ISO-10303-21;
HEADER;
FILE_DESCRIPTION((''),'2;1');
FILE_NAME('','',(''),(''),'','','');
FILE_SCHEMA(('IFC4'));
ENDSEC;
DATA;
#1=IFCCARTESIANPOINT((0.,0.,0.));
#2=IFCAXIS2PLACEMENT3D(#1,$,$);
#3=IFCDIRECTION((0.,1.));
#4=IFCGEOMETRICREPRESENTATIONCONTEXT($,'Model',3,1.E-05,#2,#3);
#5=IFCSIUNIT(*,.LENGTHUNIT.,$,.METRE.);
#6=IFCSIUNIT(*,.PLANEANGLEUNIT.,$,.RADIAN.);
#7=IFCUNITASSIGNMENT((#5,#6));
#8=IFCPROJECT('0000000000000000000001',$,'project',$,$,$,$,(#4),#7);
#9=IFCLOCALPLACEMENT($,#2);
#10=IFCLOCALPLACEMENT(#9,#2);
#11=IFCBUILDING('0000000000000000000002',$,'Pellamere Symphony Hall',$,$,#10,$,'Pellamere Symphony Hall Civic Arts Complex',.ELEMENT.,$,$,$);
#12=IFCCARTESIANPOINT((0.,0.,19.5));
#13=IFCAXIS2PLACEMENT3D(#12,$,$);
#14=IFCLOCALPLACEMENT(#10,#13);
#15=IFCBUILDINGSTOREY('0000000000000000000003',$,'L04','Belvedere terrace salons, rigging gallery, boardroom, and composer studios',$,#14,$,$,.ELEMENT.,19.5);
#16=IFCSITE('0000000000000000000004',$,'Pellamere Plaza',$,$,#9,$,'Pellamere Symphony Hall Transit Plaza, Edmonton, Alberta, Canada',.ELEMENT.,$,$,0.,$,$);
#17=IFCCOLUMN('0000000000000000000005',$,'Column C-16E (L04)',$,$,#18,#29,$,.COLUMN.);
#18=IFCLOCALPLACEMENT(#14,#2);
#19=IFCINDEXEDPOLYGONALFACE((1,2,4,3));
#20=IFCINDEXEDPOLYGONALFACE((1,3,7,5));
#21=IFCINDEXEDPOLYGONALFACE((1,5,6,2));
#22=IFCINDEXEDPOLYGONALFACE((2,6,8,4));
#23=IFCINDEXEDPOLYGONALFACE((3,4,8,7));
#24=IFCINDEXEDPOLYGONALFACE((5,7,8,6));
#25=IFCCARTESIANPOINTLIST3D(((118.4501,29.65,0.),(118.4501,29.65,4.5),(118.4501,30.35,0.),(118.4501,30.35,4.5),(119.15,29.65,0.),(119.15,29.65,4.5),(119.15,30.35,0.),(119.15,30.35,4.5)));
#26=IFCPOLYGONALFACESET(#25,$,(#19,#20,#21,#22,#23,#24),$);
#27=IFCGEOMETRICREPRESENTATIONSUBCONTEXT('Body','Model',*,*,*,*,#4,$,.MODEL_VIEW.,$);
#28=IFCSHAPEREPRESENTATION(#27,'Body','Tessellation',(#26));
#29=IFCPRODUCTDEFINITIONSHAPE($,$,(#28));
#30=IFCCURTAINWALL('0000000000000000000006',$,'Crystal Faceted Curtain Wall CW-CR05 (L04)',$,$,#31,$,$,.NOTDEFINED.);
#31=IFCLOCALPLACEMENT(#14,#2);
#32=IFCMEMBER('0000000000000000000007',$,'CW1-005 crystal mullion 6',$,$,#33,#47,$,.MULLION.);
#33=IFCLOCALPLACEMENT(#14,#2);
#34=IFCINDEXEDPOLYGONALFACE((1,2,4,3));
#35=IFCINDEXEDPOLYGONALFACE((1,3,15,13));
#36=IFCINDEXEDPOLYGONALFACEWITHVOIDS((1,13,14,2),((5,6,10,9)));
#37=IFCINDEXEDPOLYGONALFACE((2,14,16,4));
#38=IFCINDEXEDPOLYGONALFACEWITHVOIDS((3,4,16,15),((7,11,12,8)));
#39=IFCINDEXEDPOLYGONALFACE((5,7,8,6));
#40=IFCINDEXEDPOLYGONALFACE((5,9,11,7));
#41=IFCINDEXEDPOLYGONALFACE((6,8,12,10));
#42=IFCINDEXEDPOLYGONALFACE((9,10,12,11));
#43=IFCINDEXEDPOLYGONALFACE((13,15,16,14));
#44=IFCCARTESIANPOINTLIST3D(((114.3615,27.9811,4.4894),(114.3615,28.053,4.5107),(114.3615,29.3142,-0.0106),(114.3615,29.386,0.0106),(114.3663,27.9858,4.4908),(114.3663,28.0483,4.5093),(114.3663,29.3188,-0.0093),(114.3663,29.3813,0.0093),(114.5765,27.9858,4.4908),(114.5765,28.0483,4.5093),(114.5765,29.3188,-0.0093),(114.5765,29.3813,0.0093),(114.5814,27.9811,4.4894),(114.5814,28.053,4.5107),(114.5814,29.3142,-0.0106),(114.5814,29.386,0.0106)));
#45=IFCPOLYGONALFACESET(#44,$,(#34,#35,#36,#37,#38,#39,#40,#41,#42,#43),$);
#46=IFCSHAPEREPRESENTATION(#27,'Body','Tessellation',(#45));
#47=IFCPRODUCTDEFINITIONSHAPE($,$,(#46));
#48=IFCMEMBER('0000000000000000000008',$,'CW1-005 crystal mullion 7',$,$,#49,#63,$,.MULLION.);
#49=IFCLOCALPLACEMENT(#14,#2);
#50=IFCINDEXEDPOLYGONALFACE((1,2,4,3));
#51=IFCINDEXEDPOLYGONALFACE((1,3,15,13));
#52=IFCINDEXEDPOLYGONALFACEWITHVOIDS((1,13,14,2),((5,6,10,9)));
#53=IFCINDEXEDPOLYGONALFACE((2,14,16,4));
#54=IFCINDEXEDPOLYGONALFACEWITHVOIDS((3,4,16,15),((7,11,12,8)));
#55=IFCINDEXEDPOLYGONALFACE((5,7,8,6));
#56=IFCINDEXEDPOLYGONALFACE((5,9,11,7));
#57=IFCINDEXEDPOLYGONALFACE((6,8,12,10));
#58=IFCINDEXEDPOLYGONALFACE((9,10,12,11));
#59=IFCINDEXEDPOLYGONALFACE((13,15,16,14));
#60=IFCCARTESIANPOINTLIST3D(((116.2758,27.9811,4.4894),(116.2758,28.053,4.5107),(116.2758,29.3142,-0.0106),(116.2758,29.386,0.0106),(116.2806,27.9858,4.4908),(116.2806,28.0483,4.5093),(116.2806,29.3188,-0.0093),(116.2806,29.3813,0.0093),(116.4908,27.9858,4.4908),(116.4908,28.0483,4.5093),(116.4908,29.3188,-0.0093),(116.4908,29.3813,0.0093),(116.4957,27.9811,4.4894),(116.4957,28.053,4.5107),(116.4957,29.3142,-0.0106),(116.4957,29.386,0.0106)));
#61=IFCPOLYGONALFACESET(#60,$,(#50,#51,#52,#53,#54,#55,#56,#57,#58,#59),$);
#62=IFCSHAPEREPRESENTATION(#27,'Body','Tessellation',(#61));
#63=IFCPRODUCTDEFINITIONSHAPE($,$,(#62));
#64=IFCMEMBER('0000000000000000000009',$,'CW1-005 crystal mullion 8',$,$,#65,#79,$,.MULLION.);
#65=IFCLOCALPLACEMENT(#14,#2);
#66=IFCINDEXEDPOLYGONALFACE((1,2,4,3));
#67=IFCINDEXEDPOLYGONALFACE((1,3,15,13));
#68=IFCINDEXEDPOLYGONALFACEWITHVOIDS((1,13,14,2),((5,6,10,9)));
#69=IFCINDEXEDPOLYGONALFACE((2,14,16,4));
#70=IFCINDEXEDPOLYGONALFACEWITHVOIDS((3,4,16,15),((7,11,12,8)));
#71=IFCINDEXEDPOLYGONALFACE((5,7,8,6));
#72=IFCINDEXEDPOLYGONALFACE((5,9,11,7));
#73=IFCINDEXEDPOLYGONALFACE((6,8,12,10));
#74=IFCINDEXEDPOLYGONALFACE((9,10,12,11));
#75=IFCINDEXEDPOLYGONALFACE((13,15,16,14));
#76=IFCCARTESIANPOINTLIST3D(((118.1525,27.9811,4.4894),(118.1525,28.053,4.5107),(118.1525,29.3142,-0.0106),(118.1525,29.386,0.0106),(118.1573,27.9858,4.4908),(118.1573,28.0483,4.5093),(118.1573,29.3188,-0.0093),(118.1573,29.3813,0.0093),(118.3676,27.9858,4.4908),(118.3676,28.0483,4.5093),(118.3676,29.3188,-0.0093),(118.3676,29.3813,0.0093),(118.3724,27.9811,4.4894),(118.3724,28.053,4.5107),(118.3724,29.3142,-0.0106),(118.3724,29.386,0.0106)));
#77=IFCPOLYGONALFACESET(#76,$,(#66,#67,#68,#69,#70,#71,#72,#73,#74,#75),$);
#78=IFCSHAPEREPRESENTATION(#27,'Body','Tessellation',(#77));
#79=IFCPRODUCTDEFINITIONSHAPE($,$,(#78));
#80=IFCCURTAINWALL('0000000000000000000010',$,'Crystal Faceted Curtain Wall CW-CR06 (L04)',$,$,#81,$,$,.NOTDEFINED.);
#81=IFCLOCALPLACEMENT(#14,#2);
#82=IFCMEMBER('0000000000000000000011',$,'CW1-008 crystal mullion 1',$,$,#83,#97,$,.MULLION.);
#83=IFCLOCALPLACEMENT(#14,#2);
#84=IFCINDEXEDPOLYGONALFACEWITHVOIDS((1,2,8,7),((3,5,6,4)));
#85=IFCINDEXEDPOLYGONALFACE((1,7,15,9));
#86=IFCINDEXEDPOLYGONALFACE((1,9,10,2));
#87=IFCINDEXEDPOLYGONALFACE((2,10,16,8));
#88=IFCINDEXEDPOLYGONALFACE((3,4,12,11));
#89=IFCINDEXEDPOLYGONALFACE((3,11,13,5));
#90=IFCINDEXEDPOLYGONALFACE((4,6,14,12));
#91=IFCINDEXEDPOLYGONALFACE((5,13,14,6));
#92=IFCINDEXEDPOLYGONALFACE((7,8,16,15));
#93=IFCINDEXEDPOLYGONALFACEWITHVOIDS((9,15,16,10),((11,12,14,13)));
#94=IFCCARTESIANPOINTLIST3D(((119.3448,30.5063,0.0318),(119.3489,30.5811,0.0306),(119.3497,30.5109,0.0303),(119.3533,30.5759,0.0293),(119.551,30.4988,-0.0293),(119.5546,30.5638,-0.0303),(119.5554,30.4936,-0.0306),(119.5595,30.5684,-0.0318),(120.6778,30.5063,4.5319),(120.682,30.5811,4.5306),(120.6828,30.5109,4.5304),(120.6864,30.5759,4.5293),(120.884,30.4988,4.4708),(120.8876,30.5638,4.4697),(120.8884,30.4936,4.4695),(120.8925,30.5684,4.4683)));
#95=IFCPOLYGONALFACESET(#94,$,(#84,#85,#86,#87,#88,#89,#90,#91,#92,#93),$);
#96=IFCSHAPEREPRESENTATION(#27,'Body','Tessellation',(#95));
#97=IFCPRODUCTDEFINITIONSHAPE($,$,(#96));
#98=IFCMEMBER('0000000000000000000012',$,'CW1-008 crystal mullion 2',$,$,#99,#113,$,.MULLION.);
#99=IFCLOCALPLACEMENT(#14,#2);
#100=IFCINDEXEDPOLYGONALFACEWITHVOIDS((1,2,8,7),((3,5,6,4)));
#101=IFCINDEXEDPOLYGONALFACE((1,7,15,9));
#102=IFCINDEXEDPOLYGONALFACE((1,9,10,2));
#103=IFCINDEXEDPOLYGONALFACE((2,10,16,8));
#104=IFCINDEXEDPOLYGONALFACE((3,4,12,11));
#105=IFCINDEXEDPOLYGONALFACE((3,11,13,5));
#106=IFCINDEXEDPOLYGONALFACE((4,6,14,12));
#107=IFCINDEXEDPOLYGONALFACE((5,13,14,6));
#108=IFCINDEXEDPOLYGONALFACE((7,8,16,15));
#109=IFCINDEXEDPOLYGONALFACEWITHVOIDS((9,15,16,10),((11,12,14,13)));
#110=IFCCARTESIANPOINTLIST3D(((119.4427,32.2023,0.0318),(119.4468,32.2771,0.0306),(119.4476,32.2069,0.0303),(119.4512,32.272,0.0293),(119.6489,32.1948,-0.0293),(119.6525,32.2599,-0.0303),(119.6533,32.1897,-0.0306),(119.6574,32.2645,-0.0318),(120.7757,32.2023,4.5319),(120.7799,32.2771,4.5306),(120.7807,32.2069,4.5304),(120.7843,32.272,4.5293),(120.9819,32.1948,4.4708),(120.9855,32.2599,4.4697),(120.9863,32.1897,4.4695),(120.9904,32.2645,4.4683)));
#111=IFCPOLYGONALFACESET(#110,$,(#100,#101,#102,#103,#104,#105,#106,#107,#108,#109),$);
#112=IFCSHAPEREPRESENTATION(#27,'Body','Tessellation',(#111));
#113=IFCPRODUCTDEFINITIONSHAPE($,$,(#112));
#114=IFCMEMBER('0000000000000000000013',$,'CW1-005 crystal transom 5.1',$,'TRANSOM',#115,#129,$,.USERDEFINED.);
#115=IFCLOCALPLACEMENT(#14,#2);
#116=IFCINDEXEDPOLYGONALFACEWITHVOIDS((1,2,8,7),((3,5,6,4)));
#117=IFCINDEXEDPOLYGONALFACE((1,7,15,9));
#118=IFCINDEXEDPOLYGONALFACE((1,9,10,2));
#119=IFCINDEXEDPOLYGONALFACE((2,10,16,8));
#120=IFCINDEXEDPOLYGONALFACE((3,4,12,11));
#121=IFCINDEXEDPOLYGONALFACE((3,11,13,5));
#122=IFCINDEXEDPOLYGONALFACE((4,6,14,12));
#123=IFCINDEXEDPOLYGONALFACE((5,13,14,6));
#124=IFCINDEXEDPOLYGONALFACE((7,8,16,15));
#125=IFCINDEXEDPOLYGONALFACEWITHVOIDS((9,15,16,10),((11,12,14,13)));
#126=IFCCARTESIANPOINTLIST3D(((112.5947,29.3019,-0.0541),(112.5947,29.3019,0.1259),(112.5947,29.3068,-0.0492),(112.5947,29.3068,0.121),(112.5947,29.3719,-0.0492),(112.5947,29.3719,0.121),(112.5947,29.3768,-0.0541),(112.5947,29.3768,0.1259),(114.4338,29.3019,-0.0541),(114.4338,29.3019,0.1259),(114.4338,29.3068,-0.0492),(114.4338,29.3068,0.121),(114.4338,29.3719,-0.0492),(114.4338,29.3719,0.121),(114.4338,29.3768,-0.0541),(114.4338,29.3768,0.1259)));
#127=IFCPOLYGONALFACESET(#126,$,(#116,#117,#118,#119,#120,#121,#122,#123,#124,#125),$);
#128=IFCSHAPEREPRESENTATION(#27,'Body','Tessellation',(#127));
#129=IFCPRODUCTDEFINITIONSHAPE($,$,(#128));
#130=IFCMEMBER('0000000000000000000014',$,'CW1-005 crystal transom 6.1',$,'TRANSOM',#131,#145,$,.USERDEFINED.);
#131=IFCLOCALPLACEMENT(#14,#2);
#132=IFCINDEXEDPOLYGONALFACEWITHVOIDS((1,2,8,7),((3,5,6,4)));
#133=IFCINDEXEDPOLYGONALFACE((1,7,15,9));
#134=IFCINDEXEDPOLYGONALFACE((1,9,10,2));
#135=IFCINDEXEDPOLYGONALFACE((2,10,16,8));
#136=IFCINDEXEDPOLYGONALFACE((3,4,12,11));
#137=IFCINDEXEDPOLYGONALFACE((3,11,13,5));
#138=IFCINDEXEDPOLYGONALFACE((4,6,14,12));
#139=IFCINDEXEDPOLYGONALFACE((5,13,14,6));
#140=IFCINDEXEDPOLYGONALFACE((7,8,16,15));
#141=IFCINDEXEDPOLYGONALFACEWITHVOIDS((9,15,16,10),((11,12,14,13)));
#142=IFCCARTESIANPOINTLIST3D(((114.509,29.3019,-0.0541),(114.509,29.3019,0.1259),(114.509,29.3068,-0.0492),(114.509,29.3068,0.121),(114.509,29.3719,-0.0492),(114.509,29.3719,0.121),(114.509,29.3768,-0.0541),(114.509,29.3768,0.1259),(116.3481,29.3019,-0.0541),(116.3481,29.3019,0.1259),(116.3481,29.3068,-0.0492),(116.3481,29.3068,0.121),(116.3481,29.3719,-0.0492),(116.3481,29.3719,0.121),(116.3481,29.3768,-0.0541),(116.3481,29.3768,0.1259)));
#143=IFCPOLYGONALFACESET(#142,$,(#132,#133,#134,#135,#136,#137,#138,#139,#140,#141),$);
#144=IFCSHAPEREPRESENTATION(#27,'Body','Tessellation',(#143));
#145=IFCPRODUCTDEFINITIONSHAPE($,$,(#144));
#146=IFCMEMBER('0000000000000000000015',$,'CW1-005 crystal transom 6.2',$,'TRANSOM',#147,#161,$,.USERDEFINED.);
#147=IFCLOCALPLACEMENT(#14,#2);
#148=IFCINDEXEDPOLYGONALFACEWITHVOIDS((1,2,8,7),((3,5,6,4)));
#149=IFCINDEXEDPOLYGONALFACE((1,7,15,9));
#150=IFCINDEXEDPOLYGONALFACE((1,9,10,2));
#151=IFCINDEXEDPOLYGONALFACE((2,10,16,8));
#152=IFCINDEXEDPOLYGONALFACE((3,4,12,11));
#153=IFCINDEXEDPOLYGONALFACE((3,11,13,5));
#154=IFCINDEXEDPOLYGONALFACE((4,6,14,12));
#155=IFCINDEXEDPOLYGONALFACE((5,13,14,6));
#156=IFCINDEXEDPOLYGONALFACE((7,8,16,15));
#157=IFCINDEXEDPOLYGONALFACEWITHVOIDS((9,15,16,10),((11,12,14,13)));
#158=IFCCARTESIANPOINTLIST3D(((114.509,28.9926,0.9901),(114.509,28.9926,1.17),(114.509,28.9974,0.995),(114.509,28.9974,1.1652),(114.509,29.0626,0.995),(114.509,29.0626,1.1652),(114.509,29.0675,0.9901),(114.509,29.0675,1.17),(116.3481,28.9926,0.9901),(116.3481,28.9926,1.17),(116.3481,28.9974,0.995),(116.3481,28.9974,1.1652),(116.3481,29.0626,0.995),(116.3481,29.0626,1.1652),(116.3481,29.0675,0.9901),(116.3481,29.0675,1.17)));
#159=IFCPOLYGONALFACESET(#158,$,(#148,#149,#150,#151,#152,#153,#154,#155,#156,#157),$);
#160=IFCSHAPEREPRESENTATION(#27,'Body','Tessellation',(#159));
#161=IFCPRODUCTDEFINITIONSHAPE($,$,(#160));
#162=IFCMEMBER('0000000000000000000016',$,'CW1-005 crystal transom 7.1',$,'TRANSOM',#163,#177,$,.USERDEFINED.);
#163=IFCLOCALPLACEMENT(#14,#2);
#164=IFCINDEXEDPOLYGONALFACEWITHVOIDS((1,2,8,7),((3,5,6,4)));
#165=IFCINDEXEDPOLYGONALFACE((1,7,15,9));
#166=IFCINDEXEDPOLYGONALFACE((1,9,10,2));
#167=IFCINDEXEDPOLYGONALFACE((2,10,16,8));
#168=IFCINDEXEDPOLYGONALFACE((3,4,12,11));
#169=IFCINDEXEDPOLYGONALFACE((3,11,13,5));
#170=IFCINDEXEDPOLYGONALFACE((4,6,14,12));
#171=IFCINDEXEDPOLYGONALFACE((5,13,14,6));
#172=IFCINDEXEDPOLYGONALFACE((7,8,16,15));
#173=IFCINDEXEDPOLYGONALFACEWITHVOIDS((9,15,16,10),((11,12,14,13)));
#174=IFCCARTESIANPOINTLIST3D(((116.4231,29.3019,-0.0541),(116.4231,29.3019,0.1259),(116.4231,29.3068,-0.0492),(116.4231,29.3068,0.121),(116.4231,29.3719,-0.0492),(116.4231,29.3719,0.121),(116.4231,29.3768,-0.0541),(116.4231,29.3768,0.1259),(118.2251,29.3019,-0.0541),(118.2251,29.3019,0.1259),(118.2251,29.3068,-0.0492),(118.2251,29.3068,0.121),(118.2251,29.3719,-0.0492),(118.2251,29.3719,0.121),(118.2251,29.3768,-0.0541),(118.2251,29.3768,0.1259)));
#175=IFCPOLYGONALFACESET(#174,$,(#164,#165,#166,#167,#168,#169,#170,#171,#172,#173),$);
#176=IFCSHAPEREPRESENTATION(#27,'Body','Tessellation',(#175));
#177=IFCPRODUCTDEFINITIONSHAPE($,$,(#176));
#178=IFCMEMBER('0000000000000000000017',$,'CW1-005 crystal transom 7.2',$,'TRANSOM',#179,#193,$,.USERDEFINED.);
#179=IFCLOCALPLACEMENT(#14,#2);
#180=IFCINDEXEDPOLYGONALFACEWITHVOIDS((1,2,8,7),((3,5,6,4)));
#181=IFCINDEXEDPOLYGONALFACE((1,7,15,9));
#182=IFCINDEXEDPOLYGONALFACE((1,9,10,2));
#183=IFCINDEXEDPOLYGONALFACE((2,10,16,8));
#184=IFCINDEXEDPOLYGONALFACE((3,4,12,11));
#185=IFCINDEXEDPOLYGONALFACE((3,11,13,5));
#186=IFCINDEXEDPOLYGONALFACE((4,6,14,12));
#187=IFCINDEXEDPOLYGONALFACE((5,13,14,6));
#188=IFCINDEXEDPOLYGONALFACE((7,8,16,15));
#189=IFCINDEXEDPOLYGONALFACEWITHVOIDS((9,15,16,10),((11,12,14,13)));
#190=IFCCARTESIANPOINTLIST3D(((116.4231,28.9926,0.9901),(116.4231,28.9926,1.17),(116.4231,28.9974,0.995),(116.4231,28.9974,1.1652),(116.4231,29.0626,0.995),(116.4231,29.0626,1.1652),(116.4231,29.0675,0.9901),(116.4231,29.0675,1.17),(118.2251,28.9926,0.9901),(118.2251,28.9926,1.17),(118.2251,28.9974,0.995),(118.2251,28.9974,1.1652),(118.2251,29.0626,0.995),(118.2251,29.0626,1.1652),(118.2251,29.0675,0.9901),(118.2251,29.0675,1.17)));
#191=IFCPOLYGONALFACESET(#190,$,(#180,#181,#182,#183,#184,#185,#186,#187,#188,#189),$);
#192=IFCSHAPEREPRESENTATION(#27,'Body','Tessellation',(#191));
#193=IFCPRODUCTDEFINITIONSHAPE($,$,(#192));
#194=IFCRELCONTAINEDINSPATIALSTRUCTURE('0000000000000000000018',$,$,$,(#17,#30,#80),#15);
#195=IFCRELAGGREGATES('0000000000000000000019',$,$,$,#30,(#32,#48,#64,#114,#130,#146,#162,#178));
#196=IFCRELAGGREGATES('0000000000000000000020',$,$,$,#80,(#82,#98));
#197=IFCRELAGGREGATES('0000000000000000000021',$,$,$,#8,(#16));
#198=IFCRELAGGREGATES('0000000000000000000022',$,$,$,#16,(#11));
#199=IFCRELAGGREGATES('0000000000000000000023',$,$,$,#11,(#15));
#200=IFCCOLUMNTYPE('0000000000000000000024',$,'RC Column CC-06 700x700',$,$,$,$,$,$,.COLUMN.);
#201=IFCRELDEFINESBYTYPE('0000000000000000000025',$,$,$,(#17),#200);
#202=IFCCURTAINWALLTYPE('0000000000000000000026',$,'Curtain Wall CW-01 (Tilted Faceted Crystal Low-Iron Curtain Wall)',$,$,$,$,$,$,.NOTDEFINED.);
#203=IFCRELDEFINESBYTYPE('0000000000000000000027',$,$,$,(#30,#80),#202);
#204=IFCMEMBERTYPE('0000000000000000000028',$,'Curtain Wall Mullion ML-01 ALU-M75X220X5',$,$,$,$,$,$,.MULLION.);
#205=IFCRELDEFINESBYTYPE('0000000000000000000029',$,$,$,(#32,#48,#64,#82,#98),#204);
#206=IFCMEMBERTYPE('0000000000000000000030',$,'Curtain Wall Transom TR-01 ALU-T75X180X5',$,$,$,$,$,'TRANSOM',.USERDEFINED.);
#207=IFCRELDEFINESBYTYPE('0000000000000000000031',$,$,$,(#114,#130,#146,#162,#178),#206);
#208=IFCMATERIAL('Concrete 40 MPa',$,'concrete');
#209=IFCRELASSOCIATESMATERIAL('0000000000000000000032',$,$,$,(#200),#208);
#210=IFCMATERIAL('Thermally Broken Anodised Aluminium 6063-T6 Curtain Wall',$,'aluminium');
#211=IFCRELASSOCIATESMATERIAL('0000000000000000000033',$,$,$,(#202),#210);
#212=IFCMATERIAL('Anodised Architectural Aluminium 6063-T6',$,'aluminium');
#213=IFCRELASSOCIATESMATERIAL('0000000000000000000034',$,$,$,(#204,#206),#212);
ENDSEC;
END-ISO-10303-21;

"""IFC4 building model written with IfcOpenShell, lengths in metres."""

from ifc_helpers import new_model, si_unit, direction, frame, origin, origin_2d, place, context, subcontext, project, spatial, rectangle, hollow_rectangle, extrude, material, material_profile, profile_set, type_object, element, aggregate, save


model = new_model("IFC4")

# Units and contexts
model_context = context("Model", 3, precision=1e-05, world=origin(), true_north=direction((0.0, 1.0)))
body_context = subcontext(model_context, "Body", "Model", "MODEL_VIEW")
ifc_project = project(units=[si_unit("LENGTHUNIT", "METRE"), si_unit("PLANEANGLEUNIT", "RADIAN")], contexts=[model_context])

# Site, building, storey
site_placement = place(None, origin())
site = spatial("IfcSite", under=ifc_project, at=site_placement, Name="Pellamere Plaza", LongName="Pellamere Symphony Hall Transit Plaza, Edmonton, Alberta, Canada", CompositionType="ELEMENT", RefElevation=0.0)
building_placement = place(site_placement, origin())
building = spatial("IfcBuilding", under=site, at=building_placement, Name="Pellamere Symphony Hall", LongName="Pellamere Symphony Hall Civic Arts Complex", CompositionType="ELEMENT")
storey_placement = place(building_placement, frame((0.0, 0.0, 19.5)))
storey = spatial("IfcBuildingStorey", under=building, at=storey_placement, Name="L04", Description="Belvedere terrace salons, rigging gallery, boardroom, and composer studios", CompositionType="ELEMENT", Elevation=19.5)

# Column
ifc_material_1 = material(Name="Concrete 40 MPa", Category="concrete")
ifc_material_profile_1 = material_profile(ifc_material_1, rectangle(XDim=0.7, YDim=0.7, at=origin_2d()), Name="RC 700x700")
ifc_profile_set_1 = profile_set([ifc_material_profile_1], Name="Concrete 40 MPa")
column_type = type_object("IfcColumnType", Name="RC Column CC-06 700x700", PredefinedType="COLUMN", material=ifc_profile_set_1)
column_placement = place(storey_placement, frame((118.8, 30.0, 0.0), z_axis=(0.0, 0.0, 1.0), x_axis=(1.0, 0.0, 0.0)))
element("IfcColumn", 1, at=column_placement, inside=storey, type_object=column_type, Name="Column C-16E (L04)", PredefinedType="COLUMN", context=body_context, shape_type="SweptSolid", body=[
    extrude(rectangle(XDim=0.7, YDim=0.7, at=origin_2d()), origin(), (0.0, 0.0, 1.0), 4.5),
])

# Curtain walls, members
ifc_material_2 = material(Name="Thermally Broken Anodised Aluminium 6063-T6 Curtain Wall", Category="aluminium")
curtain_wall_type = type_object("IfcCurtainWallType", Name="Curtain Wall CW-01 (Tilted Faceted Crystal Low-Iron Curtain Wall)", PredefinedType="NOTDEFINED", material=ifc_material_2)
curtain_wall_1_placement = place(storey_placement, origin())
curtain_wall_1 = element("IfcCurtainWall", 2, at=curtain_wall_1_placement, inside=storey, type_object=curtain_wall_type, Name="Crystal Faceted Curtain Wall CW-CR05 (L04)", PredefinedType="NOTDEFINED")
ifc_material_3 = material(Name="Anodised Architectural Aluminium 6063-T6", Category="aluminium")
ifc_material_profile_2 = material_profile(ifc_material_3, hollow_rectangle(XDim=0.075, YDim=0.22, WallThickness=0.0049, at=origin_2d()), Name="ALU-M75X220X5")
ifc_profile_set_2 = profile_set([ifc_material_profile_2], Name="Anodised Architectural Aluminium 6063-T6")
member_type_1 = type_object("IfcMemberType", Name="Curtain Wall Mullion ML-01 ALU-M75X220X5", PredefinedType="MULLION", material=ifc_profile_set_2)
member_1_placement = place(storey_placement, frame((114.4714, 29.3501, 0.0), z_axis=(0.0, -0.284025, 0.958817), x_axis=(0.0, 0.958817, 0.284025)))
member_1 = element("IfcMember", 3, at=member_1_placement, type_object=member_type_1, Name="CW1-005 crystal mullion 6", PredefinedType="MULLION", context=body_context, shape_type="SweptSolid", body=[
    extrude(hollow_rectangle(XDim=0.075, YDim=0.22, WallThickness=0.0049, at=origin_2d()), origin(), (0.0, 0.0, 1.0), 4.6934),
])
member_2_placement = place(storey_placement, frame((116.3857, 29.3501, 0.0), z_axis=(0.0, -0.284025, 0.958817), x_axis=(0.0, 0.958817, 0.284025)))
member_2 = element("IfcMember", 4, at=member_2_placement, type_object=member_type_1, Name="CW1-005 crystal mullion 7", PredefinedType="MULLION", context=body_context, shape_type="SweptSolid", body=[
    extrude(hollow_rectangle(XDim=0.075, YDim=0.22, WallThickness=0.0049, at=origin_2d()), origin(), (0.0, 0.0, 1.0), 4.6934),
])
member_3_placement = place(storey_placement, frame((118.2625, 29.3501, 0.0), z_axis=(0.0, -0.284025, 0.958817), x_axis=(0.0, 0.958817, 0.284025)))
member_3 = element("IfcMember", 5, at=member_3_placement, type_object=member_type_1, Name="CW1-005 crystal mullion 8", PredefinedType="MULLION", context=body_context, shape_type="SweptSolid", body=[
    extrude(hollow_rectangle(XDim=0.075, YDim=0.22, WallThickness=0.0049, at=origin_2d()), origin(), (0.0, 0.0, 1.0), 4.6934),
])
curtain_wall_2_placement = place(storey_placement, origin())
curtain_wall_2 = element("IfcCurtainWall", 6, at=curtain_wall_2_placement, inside=storey, type_object=curtain_wall_type, Name="Crystal Faceted Curtain Wall CW-CR06 (L04)", PredefinedType="NOTDEFINED")
member_4_placement = place(storey_placement, frame((119.4521, 30.5374, 0.0), z_axis=(0.284025, 0.0, 0.958817), x_axis=(-0.055225, -0.99834, 0.016359)))
member_4 = element("IfcMember", 7, at=member_4_placement, type_object=member_type_1, Name="CW1-008 crystal mullion 1", PredefinedType="MULLION", context=body_context, shape_type="SweptSolid", body=[
    extrude(hollow_rectangle(XDim=0.075, YDim=0.22, WallThickness=0.0049, at=origin_2d()), origin(), (0.0, 0.0, 1.0), 4.6934),
])
member_5_placement = place(storey_placement, frame((119.55, 32.2334, 0.0), z_axis=(0.284025, 0.0, 0.958817), x_axis=(-0.055225, -0.99834, 0.016359)))
member_5 = element("IfcMember", 8, at=member_5_placement, type_object=member_type_1, Name="CW1-008 crystal mullion 2", PredefinedType="MULLION", context=body_context, shape_type="SweptSolid", body=[
    extrude(hollow_rectangle(XDim=0.075, YDim=0.22, WallThickness=0.0049, at=origin_2d()), origin(), (0.0, 0.0, 1.0), 4.6934),
])

# Members
ifc_material_profile_3 = material_profile(ifc_material_3, hollow_rectangle(XDim=0.075, YDim=0.1799, WallThickness=0.0049, at=origin_2d()), Name="ALU-T75X180X5")
ifc_profile_set_3 = profile_set([ifc_material_profile_3], Name="Anodised Architectural Aluminium 6063-T6")
member_type_2 = type_object("IfcMemberType", Name="Curtain Wall Transom TR-01 ALU-T75X180X5", ElementType="TRANSOM", PredefinedType="USERDEFINED", material=ifc_profile_set_3)
member_6_placement = place(storey_placement, frame((112.5947, 29.3394, 0.0359), z_axis=(1.0, 0.0, 0.0), x_axis=(0.0, 1.0, 0.0)))
member_6 = element("IfcMember", 9, at=member_6_placement, type_object=member_type_2, Name="CW1-005 crystal transom 5.1", ObjectType="TRANSOM", PredefinedType="USERDEFINED", context=body_context, shape_type="SweptSolid", body=[
    extrude(hollow_rectangle(XDim=0.075, YDim=0.1799, WallThickness=0.0049, at=origin_2d()), origin(), (0.0, 0.0, 1.0), 1.8391),
])
member_7_placement = place(storey_placement, frame((114.509, 29.3394, 0.0359), z_axis=(1.0, 0.0, 0.0), x_axis=(0.0, 1.0, 0.0)))
member_7 = element("IfcMember", 10, at=member_7_placement, type_object=member_type_2, Name="CW1-005 crystal transom 6.1", ObjectType="TRANSOM", PredefinedType="USERDEFINED", context=body_context, shape_type="SweptSolid", body=[
    extrude(hollow_rectangle(XDim=0.075, YDim=0.1799, WallThickness=0.0049, at=origin_2d()), origin(), (0.0, 0.0, 1.0), 1.8391),
])
member_8_placement = place(storey_placement, frame((114.509, 29.03, 1.0801), z_axis=(1.0, 0.0, 0.0), x_axis=(0.0, 1.0, 0.0)))
member_8 = element("IfcMember", 11, at=member_8_placement, type_object=member_type_2, Name="CW1-005 crystal transom 6.2", ObjectType="TRANSOM", PredefinedType="USERDEFINED", context=body_context, shape_type="SweptSolid", body=[
    extrude(hollow_rectangle(XDim=0.075, YDim=0.1799, WallThickness=0.0049, at=origin_2d()), origin(), (0.0, 0.0, 1.0), 1.8391),
])
member_9_placement = place(storey_placement, frame((116.4231, 29.3394, 0.0359), z_axis=(1.0, 0.0, 0.0), x_axis=(0.0, 1.0, 0.0)))
member_9 = element("IfcMember", 12, at=member_9_placement, type_object=member_type_2, Name="CW1-005 crystal transom 7.1", ObjectType="TRANSOM", PredefinedType="USERDEFINED", context=body_context, shape_type="SweptSolid", body=[
    extrude(hollow_rectangle(XDim=0.075, YDim=0.1799, WallThickness=0.0049, at=origin_2d()), origin(), (0.0, 0.0, 1.0), 1.802),
])
member_10_placement = place(storey_placement, frame((116.4231, 29.03, 1.0801), z_axis=(1.0, 0.0, 0.0), x_axis=(0.0, 1.0, 0.0)))
member_10 = element("IfcMember", 13, at=member_10_placement, type_object=member_type_2, Name="CW1-005 crystal transom 7.2", ObjectType="TRANSOM", PredefinedType="USERDEFINED", context=body_context, shape_type="SweptSolid", body=[
    extrude(hollow_rectangle(XDim=0.075, YDim=0.1799, WallThickness=0.0049, at=origin_2d()), origin(), (0.0, 0.0, 1.0), 1.802),
])

aggregate(curtain_wall_1, [member_1, member_2, member_3, member_6, member_7, member_8, member_9, member_10])
aggregate(curtain_wall_2, [member_4, member_5])

save(model, "model.ifc")
